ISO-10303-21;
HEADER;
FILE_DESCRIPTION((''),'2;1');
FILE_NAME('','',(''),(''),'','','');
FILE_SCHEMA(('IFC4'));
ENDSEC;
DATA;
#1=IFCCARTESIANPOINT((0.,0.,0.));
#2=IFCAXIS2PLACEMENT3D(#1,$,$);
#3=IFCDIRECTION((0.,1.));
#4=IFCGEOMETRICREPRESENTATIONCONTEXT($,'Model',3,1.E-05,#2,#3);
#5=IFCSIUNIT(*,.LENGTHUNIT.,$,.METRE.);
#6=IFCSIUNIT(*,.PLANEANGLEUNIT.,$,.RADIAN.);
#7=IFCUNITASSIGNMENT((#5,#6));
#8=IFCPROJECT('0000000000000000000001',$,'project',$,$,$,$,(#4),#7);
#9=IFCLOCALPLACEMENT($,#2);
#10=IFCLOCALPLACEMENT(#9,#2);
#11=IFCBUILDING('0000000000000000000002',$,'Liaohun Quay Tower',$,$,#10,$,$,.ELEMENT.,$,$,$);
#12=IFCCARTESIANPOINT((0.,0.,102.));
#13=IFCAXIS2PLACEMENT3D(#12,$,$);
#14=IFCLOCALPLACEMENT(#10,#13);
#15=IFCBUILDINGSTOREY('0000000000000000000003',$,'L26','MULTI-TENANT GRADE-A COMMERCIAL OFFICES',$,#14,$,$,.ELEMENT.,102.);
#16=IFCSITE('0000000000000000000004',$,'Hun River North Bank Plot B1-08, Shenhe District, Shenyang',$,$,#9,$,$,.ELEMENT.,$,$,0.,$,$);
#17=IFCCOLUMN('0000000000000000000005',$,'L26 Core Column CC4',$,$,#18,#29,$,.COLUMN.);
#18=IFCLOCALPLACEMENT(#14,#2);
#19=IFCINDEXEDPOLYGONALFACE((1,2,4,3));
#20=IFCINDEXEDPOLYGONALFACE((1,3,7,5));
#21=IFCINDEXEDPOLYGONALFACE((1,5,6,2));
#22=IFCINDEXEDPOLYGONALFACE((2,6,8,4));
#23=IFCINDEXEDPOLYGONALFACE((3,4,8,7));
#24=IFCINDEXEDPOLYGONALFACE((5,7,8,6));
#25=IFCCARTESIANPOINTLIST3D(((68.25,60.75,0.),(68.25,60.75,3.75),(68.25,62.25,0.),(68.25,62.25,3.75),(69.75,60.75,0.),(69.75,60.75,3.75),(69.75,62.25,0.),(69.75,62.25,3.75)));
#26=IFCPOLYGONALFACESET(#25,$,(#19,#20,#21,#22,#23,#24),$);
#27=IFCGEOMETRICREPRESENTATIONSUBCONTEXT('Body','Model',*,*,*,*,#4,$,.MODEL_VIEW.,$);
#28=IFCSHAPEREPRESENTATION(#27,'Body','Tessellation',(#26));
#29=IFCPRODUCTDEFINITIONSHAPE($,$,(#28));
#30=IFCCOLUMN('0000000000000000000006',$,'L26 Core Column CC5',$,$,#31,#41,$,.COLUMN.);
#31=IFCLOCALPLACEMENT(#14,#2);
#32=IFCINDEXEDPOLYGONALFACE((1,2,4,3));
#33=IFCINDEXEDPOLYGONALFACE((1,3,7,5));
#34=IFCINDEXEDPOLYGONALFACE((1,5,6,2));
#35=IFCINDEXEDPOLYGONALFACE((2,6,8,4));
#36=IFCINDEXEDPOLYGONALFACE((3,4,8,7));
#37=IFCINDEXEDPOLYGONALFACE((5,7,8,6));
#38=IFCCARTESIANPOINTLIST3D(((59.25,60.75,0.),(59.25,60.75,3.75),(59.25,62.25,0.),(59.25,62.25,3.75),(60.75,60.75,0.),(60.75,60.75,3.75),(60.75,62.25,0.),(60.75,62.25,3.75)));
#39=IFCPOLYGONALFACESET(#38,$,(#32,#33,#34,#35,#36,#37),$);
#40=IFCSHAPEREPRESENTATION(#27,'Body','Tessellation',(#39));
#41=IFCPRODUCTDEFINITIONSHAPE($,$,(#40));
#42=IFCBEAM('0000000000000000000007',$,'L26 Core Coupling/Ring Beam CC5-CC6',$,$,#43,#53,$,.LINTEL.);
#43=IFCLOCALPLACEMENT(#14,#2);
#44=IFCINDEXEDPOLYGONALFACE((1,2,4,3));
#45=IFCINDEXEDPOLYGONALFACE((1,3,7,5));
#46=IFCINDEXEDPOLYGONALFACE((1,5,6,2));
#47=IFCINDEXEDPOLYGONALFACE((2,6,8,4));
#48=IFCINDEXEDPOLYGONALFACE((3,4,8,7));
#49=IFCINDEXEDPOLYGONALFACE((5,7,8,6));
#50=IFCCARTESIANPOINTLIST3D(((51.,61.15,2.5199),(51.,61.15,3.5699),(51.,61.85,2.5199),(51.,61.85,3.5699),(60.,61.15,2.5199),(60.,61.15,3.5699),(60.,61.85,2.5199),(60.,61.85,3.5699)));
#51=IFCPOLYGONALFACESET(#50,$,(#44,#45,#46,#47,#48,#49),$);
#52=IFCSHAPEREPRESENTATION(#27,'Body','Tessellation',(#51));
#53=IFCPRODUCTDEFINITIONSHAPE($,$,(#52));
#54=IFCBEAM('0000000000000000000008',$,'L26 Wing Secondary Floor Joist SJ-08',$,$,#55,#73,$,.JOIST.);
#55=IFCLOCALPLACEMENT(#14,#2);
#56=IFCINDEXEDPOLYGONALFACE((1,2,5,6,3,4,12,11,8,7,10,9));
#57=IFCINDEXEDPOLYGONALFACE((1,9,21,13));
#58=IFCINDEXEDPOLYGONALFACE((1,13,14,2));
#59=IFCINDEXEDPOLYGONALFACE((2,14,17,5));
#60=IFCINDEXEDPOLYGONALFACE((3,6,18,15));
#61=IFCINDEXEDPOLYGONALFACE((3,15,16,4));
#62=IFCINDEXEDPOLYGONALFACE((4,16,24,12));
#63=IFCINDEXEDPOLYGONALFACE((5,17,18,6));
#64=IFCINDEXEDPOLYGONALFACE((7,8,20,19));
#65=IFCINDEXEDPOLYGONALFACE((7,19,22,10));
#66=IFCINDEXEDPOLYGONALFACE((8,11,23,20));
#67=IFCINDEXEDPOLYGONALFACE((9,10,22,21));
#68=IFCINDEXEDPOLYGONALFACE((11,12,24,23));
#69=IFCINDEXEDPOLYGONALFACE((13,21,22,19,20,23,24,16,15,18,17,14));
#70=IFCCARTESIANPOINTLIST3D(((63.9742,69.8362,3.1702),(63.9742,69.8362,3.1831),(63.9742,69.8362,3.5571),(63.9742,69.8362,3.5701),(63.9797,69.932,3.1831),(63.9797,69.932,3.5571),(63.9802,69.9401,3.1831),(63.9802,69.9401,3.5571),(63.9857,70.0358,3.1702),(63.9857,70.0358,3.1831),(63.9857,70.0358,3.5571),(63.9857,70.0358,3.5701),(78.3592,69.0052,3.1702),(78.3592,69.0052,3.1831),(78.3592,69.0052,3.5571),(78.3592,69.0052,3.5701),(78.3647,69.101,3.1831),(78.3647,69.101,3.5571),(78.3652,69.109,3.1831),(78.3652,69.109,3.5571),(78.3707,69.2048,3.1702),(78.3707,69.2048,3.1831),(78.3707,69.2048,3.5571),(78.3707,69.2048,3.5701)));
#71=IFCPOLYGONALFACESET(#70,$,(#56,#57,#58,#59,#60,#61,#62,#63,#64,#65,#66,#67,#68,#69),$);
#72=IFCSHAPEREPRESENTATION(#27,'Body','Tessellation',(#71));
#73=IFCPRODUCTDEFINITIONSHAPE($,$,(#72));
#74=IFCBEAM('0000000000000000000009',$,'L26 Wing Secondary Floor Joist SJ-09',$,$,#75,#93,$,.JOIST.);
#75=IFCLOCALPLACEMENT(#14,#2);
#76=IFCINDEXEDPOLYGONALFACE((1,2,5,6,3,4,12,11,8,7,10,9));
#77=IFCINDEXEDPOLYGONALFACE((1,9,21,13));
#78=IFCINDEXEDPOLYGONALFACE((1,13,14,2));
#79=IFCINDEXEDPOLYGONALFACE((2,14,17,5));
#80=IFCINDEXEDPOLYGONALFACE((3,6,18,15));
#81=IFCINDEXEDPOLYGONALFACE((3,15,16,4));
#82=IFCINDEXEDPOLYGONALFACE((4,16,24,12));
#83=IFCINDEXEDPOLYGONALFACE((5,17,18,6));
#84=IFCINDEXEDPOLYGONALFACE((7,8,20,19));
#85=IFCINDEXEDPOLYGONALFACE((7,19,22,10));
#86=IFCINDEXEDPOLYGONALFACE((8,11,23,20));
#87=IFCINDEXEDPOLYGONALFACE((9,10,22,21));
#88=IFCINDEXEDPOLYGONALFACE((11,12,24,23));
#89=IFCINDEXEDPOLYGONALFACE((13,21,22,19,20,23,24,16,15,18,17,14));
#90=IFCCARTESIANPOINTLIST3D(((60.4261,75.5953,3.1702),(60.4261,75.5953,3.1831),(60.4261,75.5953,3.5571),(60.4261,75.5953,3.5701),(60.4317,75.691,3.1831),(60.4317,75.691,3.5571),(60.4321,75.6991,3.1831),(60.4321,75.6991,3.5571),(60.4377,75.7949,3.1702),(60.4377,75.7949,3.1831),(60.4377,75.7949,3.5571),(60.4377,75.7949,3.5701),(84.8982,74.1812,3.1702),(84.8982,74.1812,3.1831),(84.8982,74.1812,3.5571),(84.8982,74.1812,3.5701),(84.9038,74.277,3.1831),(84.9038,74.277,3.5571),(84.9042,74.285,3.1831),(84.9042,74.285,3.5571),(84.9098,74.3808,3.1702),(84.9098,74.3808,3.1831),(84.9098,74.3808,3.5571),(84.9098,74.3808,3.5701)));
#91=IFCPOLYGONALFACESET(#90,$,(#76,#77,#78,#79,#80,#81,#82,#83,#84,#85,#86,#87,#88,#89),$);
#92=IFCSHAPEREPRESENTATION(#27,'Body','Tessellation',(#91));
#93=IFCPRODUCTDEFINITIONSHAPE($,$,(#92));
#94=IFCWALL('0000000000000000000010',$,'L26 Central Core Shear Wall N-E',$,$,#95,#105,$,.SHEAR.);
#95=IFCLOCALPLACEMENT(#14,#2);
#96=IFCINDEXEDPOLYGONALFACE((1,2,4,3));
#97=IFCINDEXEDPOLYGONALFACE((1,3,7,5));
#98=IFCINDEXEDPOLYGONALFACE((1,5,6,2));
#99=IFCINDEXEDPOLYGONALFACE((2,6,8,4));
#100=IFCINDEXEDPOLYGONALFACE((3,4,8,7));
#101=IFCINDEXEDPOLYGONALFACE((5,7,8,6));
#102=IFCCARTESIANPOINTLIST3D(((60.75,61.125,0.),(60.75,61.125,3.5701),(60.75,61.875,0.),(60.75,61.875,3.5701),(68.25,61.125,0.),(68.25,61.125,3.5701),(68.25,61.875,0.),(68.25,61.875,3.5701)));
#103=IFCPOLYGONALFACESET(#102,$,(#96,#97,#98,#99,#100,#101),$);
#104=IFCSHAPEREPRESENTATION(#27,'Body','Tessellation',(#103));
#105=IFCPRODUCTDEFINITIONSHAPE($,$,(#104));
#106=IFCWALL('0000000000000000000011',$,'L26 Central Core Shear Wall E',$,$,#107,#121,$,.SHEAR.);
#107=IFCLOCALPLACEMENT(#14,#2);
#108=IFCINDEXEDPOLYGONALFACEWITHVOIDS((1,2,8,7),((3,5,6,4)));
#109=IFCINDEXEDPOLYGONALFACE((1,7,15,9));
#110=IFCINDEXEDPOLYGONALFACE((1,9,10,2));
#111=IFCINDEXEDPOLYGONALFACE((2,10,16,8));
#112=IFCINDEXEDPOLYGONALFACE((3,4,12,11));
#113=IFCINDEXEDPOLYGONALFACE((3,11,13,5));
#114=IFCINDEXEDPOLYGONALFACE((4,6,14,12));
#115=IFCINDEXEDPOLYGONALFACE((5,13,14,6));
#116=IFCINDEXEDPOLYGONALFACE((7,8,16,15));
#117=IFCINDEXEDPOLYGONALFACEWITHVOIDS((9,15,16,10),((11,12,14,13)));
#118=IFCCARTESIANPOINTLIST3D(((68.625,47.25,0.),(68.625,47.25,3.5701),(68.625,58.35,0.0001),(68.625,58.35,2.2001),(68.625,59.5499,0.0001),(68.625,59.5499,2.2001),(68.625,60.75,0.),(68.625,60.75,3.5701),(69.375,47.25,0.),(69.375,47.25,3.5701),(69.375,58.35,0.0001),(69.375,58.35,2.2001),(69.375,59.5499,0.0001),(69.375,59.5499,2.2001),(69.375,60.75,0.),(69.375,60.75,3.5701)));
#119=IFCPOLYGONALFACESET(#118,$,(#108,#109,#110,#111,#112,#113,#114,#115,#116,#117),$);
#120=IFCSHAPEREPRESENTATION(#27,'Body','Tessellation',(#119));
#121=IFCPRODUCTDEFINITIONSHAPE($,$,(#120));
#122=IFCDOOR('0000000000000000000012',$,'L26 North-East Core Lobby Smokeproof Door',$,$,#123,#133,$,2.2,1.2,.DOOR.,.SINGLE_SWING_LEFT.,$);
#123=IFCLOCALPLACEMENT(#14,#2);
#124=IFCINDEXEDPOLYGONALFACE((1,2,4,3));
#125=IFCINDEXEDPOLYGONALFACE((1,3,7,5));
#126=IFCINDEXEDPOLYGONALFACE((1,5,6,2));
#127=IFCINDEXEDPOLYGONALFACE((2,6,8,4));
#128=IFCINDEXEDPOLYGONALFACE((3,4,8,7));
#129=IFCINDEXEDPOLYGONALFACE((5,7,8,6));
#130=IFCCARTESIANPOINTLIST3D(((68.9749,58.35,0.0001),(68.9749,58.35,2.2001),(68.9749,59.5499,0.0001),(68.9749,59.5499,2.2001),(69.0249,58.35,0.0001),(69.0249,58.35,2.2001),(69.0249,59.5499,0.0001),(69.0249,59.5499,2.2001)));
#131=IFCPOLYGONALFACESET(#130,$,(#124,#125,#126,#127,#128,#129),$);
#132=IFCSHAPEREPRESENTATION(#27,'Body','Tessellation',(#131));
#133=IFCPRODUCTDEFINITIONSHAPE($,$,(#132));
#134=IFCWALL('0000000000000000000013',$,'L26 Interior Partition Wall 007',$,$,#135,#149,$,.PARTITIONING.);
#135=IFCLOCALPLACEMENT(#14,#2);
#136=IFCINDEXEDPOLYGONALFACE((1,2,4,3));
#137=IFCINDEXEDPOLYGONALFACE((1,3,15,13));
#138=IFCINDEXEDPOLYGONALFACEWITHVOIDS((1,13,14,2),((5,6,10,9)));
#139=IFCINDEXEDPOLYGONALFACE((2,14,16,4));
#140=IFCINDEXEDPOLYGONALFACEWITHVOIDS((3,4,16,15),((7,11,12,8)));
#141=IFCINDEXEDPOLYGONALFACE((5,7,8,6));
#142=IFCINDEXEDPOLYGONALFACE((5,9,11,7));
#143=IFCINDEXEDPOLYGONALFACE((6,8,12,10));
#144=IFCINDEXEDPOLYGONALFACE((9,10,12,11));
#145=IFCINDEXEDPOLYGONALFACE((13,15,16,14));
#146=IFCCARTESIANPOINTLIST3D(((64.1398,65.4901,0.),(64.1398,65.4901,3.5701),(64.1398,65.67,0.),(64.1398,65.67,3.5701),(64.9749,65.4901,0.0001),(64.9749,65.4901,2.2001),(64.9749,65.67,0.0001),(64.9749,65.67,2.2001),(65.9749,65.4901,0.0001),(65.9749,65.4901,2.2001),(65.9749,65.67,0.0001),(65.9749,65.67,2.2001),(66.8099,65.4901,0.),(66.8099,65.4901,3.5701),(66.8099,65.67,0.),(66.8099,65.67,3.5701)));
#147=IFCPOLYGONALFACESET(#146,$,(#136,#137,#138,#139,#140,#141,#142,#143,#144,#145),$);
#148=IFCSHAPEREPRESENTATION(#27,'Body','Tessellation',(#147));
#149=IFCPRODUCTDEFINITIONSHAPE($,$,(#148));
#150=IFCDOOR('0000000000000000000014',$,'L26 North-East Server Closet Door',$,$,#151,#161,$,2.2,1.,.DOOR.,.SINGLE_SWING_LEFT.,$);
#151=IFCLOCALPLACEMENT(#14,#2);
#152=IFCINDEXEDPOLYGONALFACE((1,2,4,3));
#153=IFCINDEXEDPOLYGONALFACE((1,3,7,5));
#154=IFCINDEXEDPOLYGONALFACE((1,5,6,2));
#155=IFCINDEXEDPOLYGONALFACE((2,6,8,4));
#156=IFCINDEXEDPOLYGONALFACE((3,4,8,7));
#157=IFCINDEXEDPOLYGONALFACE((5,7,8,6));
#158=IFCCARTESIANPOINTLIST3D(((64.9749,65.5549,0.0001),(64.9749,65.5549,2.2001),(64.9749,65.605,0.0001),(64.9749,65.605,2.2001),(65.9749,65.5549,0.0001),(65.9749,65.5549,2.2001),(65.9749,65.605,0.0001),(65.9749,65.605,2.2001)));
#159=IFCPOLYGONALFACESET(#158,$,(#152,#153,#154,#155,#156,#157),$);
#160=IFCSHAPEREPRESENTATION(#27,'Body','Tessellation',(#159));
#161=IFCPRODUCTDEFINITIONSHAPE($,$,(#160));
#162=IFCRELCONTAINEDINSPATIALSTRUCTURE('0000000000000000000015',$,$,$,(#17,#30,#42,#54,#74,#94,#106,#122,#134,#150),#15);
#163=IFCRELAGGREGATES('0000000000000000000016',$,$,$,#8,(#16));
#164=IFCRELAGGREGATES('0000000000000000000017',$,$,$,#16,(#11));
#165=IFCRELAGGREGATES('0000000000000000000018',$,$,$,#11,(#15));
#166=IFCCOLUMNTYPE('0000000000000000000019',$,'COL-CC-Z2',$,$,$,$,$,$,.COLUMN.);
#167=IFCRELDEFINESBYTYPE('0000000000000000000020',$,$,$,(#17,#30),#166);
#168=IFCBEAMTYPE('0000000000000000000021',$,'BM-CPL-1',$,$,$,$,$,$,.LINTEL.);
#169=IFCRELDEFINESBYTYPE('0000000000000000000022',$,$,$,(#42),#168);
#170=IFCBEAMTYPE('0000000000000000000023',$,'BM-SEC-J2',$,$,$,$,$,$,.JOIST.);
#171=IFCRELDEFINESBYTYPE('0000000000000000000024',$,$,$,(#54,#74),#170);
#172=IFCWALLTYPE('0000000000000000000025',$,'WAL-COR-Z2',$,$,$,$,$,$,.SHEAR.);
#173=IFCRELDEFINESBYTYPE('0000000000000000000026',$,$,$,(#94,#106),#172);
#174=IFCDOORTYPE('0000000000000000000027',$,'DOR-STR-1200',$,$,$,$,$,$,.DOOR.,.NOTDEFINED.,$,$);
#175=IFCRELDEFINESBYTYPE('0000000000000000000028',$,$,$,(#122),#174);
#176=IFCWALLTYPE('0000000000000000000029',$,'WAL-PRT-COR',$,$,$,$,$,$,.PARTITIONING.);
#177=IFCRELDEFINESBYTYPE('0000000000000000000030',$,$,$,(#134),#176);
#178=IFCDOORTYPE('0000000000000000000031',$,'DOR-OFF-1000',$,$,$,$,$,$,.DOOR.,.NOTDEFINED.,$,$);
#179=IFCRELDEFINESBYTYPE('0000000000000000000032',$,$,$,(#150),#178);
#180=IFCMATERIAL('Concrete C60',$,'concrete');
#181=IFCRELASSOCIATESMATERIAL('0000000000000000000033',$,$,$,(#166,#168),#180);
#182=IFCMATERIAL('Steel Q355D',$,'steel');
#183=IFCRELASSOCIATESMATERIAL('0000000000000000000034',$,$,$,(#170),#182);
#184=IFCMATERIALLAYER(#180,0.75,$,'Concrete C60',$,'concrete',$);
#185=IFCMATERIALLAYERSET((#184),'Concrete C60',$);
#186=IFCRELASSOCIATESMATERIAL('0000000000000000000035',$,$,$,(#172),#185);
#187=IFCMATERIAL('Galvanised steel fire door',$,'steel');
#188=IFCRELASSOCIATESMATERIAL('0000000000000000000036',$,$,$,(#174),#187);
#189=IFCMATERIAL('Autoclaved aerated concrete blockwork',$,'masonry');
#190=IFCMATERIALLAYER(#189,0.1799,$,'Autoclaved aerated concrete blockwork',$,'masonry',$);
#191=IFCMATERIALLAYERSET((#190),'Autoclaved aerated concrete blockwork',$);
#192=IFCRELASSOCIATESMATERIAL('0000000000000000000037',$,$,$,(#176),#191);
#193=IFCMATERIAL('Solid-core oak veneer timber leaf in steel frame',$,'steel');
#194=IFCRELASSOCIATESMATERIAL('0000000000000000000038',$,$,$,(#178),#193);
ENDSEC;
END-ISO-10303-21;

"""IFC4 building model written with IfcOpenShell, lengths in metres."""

from ifc_helpers import new_model, si_unit, direction, frame, frame_2d, origin, origin_2d, place, context, subcontext, project, spatial, rectangle, i_section, extrude, source, transform, mapped, material, layer, layer_set, material_profile, profile_set, type_object, element, fill, save


model = new_model("IFC4")

# Units and contexts
model_context = context("Model", 3, precision=1e-05, world=origin(), true_north=direction((0.0, 1.0)))
body_context = subcontext(model_context, "Body", "Model", "MODEL_VIEW")
ifc_project = project(units=[si_unit("LENGTHUNIT", "METRE"), si_unit("PLANEANGLEUNIT", "RADIAN")], contexts=[model_context])

# Site, building, storey
site_placement = place(None, origin())
site = spatial("IfcSite", under=ifc_project, at=site_placement, Name="Hun River North Bank Plot B1-08, Shenhe District, Shenyang", CompositionType="ELEMENT", RefElevation=0.0)
building_placement = place(site_placement, origin())
building = spatial("IfcBuilding", under=site, at=building_placement, Name="Liaohun Quay Tower", CompositionType="ELEMENT")
storey_placement = place(building_placement, frame((0.0, 0.0, 102.0)))
storey = spatial("IfcBuildingStorey", under=building, at=storey_placement, Name="L26", Description="MULTI-TENANT GRADE-A COMMERCIAL OFFICES", CompositionType="ELEMENT", Elevation=102.0)

# Columns
ifc_material_1 = material(Name="Concrete C60", Category="concrete")
ifc_material_profile_1 = material_profile(ifc_material_1, rectangle(XDim=1.5, YDim=1.5, at=origin_2d()), Name="RC1500x1500")
ifc_profile_set_1 = profile_set([ifc_material_profile_1], Name="Concrete C60")
column_type = type_object("IfcColumnType", Name="COL-CC-Z2", PredefinedType="COLUMN", material=ifc_profile_set_1)
shared_shape_1 = source(origin(), body_context, "Body", "SweptSolid", [
    extrude(rectangle(XDim=1.5, YDim=1.5, at=origin_2d()), origin(), (0.0, 0.0, 1.0), 3.75),
])
for number, where, z_axis, x_axis, name in (
    (1, (69.0, 61.5, 0.0), (0.0, 0.0, 1.0), (1.0, 0.0, 0.0), "L26 Core Column CC4"),
    (2, (60.0, 61.5, 0.0), (0.0, 0.0, 1.0), (1.0, 0.0, 0.0), "L26 Core Column CC5"),
):
    element("IfcColumn", number, at=place(storey_placement, frame(where, z_axis=z_axis, x_axis=x_axis)), inside=storey, type_object=column_type, Name=name, PredefinedType="COLUMN", context=body_context, shape_type="MappedRepresentation", body=[
        mapped(shared_shape_1, transform((0.0, 0.0, 0.0), x_axis=(1.0, 0.0, 0.0), y_axis=(0.0, 1.0, 0.0), z_axis=(0.0, 0.0, 1.0), scale=1.0)),
    ])

# Beams
ifc_material_profile_2 = material_profile(ifc_material_1, rectangle(XDim=0.7, YDim=1.05, at=origin_2d()), Name="RC700x1050")
ifc_profile_set_2 = profile_set([ifc_material_profile_2], Name="Concrete C60")
beam_type_1 = type_object("IfcBeamType", Name="BM-CPL-1", PredefinedType="LINTEL", material=ifc_profile_set_2)
shared_shape_2 = source(origin(), body_context, "Body", "SweptSolid", [
    extrude(rectangle(XDim=0.7, YDim=1.05, at=origin_2d()), origin(), (0.0, 0.0, 1.0), 9.0),
])
beam_1_placement = place(storey_placement, frame((60.0, 61.5, 3.0449), z_axis=(-1.0, 0.0, 0.0), x_axis=(0.0, -1.0, 0.0)))
element("IfcBeam", 3, at=beam_1_placement, inside=storey, type_object=beam_type_1, Name="L26 Core Coupling/Ring Beam CC5-CC6", PredefinedType="LINTEL", context=body_context, shape_type="MappedRepresentation", body=[
    mapped(shared_shape_2, transform((0.0, 0.0, 0.0), x_axis=(1.0, 0.0, 0.0), y_axis=(0.0, 1.0, 0.0), z_axis=(0.0, 0.0, 1.0), scale=1.0)),
])
ifc_material_2 = material(Name="Steel Q355D", Category="steel")
ifc_material_profile_3 = material_profile(ifc_material_2, i_section(OverallWidth=0.2, OverallDepth=0.3999, WebThickness=0.0081, FlangeThickness=0.0129, at=origin_2d()), Name="HN400x200x8x13")
ifc_profile_set_3 = profile_set([ifc_material_profile_3], Name="Steel Q355D")
beam_type_2 = type_object("IfcBeamType", Name="BM-SEC-J2", PredefinedType="JOIST", material=ifc_profile_set_3)
shared_shape_3 = source(origin(), body_context, "Body", "SweptSolid", [
    extrude(i_section(OverallWidth=0.2, OverallDepth=0.3999, WebThickness=0.0081, FlangeThickness=0.0129, at=origin_2d()), origin(), (0.0, 0.0, 1.0), 14.4089),
])
beam_2_placement = place(storey_placement, frame((63.98, 69.936, 3.3701), z_axis=(0.998335, -0.057676, 0.0), x_axis=(0.057676, 0.998335, 0.0)))
element("IfcBeam", 4, at=beam_2_placement, inside=storey, type_object=beam_type_2, Name="L26 Wing Secondary Floor Joist SJ-08", PredefinedType="JOIST", context=body_context, shape_type="MappedRepresentation", body=[
    mapped(shared_shape_3, transform((0.0, 0.0, 0.0), x_axis=(1.0, 0.0, 0.0), y_axis=(0.0, 1.0, 0.0), z_axis=(0.0, 0.0, 1.0), scale=1.0)),
])
shared_shape_4 = source(origin(), body_context, "Body", "SweptSolid", [
    extrude(i_section(OverallWidth=0.2, OverallDepth=0.3999, WebThickness=0.0081, FlangeThickness=0.0129, at=origin_2d()), origin(), (0.0, 0.0, 1.0), 24.5129),
])
beam_3_placement = place(storey_placement, frame((60.4319, 75.6951, 3.3701), z_axis=(0.998335, -0.057686, 0.0), x_axis=(0.057686, 0.998335, 0.0)))
element("IfcBeam", 5, at=beam_3_placement, inside=storey, type_object=beam_type_2, Name="L26 Wing Secondary Floor Joist SJ-09", PredefinedType="JOIST", context=body_context, shape_type="MappedRepresentation", body=[
    mapped(shared_shape_4, transform((0.0, 0.0, 0.0), x_axis=(1.0, 0.0, 0.0), y_axis=(0.0, 1.0, 0.0), z_axis=(0.0, 0.0, 1.0), scale=1.0)),
])

# Wall
ifc_layer_1 = layer(ifc_material_1, 0.75, Name="Concrete C60", Category="concrete")
ifc_layer_set_1 = layer_set([ifc_layer_1], Name="Concrete C60")
wall_type_1 = type_object("IfcWallType", Name="WAL-COR-Z2", PredefinedType="SHEAR", material=ifc_layer_set_1)
wall_1_placement = place(storey_placement, frame((60.75, 61.5, 0.0), z_axis=(0.0, 0.0, 1.0), x_axis=(1.0, 0.0, 0.0)))
element("IfcWall", 6, at=wall_1_placement, inside=storey, type_object=wall_type_1, Name="L26 Central Core Shear Wall N-E", PredefinedType="SHEAR", context=body_context, shape_type="SweptSolid", body=[
    extrude(rectangle(XDim=7.5, YDim=0.75, at=frame_2d((3.75, 0.0))), origin(), (0.0, 0.0, 1.0), 3.5701),
])

# Walls, openings, doors
wall_2_placement = place(storey_placement, frame((69.0, 60.75, 0.0), z_axis=(0.0, 0.0, 1.0), x_axis=(0.0, -1.0, 0.0)))
wall_2 = element("IfcWall", 7, at=wall_2_placement, inside=storey, type_object=wall_type_1, Name="L26 Central Core Shear Wall E", PredefinedType="SHEAR", context=body_context, shape_type="SweptSolid", body=[
    extrude(rectangle(XDim=13.5, YDim=0.75, at=frame_2d((6.75, 0.0))), origin(), (0.0, 0.0, 1.0), 3.5701),
])
shared_shape_5 = source(origin(), body_context, "Body", "SweptSolid", [
    extrude(rectangle(XDim=1.2, YDim=2.2, at=frame_2d((0.6001, 1.1001))), frame((0.0, 0.385, 0.0), z_axis=(0.0, -1.0, 0.0), x_axis=(1.0, 0.0, 0.0)), (0.0, 0.0, 1.0), 0.77),
])
opening_1_placement = place(wall_2_placement, frame((1.2, 0.0, 0.0)))
opening_1 = element("IfcOpeningElement", 8, at=opening_1_placement, cuts=wall_2, PredefinedType="OPENING", context=body_context, shape_type="MappedRepresentation", body=[
    mapped(shared_shape_5, transform((0.0, 0.0, 0.0), x_axis=(1.0, 0.0, 0.0), y_axis=(0.0, 1.0, 0.0), z_axis=(0.0, 0.0, 1.0), scale=1.0)),
])
ifc_material_3 = material(Name="Galvanised steel fire door", Category="steel")
door_type_1 = type_object("IfcDoorType", Name="DOR-STR-1200", OperationType="NOTDEFINED", PredefinedType="DOOR", material=ifc_material_3)
shared_shape_6 = source(origin(), body_context, "Body", "SweptSolid", [
    extrude(rectangle(XDim=1.2, YDim=2.2, at=frame_2d((0.6001, 1.1001))), frame((0.0, 0.0249, 0.0), z_axis=(0.0, -1.0, 0.0), x_axis=(1.0, 0.0, 0.0)), (0.0, 0.0, 1.0), 0.05),
])
door_1_placement = place(opening_1_placement, origin())
door_1 = element("IfcDoor", 9, at=door_1_placement, inside=storey, type_object=door_type_1, Name="L26 North-East Core Lobby Smokeproof Door", OperationType="SINGLE_SWING_LEFT", OverallHeight=2.2, OverallWidth=1.2, PredefinedType="DOOR", context=body_context, shape_type="MappedRepresentation", body=[
    mapped(shared_shape_6, transform((0.0, 0.0, 0.0), x_axis=(1.0, 0.0, 0.0), y_axis=(0.0, 1.0, 0.0), z_axis=(0.0, 0.0, 1.0), scale=1.0)),
])
fill(opening_1, door_1)
ifc_material_4 = material(Name="Autoclaved aerated concrete blockwork", Category="masonry")
ifc_layer_2 = layer(ifc_material_4, 0.1799, Name="Autoclaved aerated concrete blockwork", Category="masonry")
ifc_layer_set_2 = layer_set([ifc_layer_2], Name="Autoclaved aerated concrete blockwork")
wall_type_2 = type_object("IfcWallType", Name="WAL-PRT-COR", PredefinedType="PARTITIONING", material=ifc_layer_set_2)
wall_3_placement = place(storey_placement, frame((64.1399, 65.5801, 0.0), z_axis=(0.0, 0.0, 1.0), x_axis=(1.0, 0.0, 0.0)))
wall_3 = element("IfcWall", 10, at=wall_3_placement, inside=storey, type_object=wall_type_2, Name="L26 Interior Partition Wall 007", PredefinedType="PARTITIONING", context=body_context, shape_type="SweptSolid", body=[
    extrude(rectangle(XDim=2.6702, YDim=0.1799, at=frame_2d((1.335, 0.0))), origin(), (0.0, 0.0, 1.0), 3.5701),
])
shared_shape_7 = source(origin(), body_context, "Body", "SweptSolid", [
    extrude(rectangle(XDim=1.0, YDim=2.2, at=frame_2d((0.5, 1.1001))), frame((0.0, 0.0999, 0.0), z_axis=(0.0, -1.0, 0.0), x_axis=(1.0, 0.0, 0.0)), (0.0, 0.0, 1.0), 0.2),
])
opening_2_placement = place(wall_3_placement, frame((0.835, 0.0, 0.0)))
opening_2 = element("IfcOpeningElement", 11, at=opening_2_placement, cuts=wall_3, PredefinedType="OPENING", context=body_context, shape_type="MappedRepresentation", body=[
    mapped(shared_shape_7, transform((0.0, 0.0, 0.0), x_axis=(1.0, 0.0, 0.0), y_axis=(0.0, 1.0, 0.0), z_axis=(0.0, 0.0, 1.0), scale=1.0)),
])
ifc_material_5 = material(Name="Solid-core oak veneer timber leaf in steel frame", Category="steel")
door_type_2 = type_object("IfcDoorType", Name="DOR-OFF-1000", OperationType="NOTDEFINED", PredefinedType="DOOR", material=ifc_material_5)
shared_shape_8 = source(origin(), body_context, "Body", "SweptSolid", [
    extrude(rectangle(XDim=1.0, YDim=2.2, at=frame_2d((0.5, 1.1001))), frame((0.0, 0.0249, 0.0), z_axis=(0.0, -1.0, 0.0), x_axis=(1.0, 0.0, 0.0)), (0.0, 0.0, 1.0), 0.05),
])
door_2_placement = place(opening_2_placement, origin())
door_2 = element("IfcDoor", 12, at=door_2_placement, inside=storey, type_object=door_type_2, Name="L26 North-East Server Closet Door", OperationType="SINGLE_SWING_LEFT", OverallHeight=2.2, OverallWidth=1.0, PredefinedType="DOOR", context=body_context, shape_type="MappedRepresentation", body=[
    mapped(shared_shape_8, transform((0.0, 0.0, 0.0), x_axis=(1.0, 0.0, 0.0), y_axis=(0.0, 1.0, 0.0), z_axis=(0.0, 0.0, 1.0), scale=1.0)),
])
fill(opening_2, door_2)

save(model, "model.ifc")
